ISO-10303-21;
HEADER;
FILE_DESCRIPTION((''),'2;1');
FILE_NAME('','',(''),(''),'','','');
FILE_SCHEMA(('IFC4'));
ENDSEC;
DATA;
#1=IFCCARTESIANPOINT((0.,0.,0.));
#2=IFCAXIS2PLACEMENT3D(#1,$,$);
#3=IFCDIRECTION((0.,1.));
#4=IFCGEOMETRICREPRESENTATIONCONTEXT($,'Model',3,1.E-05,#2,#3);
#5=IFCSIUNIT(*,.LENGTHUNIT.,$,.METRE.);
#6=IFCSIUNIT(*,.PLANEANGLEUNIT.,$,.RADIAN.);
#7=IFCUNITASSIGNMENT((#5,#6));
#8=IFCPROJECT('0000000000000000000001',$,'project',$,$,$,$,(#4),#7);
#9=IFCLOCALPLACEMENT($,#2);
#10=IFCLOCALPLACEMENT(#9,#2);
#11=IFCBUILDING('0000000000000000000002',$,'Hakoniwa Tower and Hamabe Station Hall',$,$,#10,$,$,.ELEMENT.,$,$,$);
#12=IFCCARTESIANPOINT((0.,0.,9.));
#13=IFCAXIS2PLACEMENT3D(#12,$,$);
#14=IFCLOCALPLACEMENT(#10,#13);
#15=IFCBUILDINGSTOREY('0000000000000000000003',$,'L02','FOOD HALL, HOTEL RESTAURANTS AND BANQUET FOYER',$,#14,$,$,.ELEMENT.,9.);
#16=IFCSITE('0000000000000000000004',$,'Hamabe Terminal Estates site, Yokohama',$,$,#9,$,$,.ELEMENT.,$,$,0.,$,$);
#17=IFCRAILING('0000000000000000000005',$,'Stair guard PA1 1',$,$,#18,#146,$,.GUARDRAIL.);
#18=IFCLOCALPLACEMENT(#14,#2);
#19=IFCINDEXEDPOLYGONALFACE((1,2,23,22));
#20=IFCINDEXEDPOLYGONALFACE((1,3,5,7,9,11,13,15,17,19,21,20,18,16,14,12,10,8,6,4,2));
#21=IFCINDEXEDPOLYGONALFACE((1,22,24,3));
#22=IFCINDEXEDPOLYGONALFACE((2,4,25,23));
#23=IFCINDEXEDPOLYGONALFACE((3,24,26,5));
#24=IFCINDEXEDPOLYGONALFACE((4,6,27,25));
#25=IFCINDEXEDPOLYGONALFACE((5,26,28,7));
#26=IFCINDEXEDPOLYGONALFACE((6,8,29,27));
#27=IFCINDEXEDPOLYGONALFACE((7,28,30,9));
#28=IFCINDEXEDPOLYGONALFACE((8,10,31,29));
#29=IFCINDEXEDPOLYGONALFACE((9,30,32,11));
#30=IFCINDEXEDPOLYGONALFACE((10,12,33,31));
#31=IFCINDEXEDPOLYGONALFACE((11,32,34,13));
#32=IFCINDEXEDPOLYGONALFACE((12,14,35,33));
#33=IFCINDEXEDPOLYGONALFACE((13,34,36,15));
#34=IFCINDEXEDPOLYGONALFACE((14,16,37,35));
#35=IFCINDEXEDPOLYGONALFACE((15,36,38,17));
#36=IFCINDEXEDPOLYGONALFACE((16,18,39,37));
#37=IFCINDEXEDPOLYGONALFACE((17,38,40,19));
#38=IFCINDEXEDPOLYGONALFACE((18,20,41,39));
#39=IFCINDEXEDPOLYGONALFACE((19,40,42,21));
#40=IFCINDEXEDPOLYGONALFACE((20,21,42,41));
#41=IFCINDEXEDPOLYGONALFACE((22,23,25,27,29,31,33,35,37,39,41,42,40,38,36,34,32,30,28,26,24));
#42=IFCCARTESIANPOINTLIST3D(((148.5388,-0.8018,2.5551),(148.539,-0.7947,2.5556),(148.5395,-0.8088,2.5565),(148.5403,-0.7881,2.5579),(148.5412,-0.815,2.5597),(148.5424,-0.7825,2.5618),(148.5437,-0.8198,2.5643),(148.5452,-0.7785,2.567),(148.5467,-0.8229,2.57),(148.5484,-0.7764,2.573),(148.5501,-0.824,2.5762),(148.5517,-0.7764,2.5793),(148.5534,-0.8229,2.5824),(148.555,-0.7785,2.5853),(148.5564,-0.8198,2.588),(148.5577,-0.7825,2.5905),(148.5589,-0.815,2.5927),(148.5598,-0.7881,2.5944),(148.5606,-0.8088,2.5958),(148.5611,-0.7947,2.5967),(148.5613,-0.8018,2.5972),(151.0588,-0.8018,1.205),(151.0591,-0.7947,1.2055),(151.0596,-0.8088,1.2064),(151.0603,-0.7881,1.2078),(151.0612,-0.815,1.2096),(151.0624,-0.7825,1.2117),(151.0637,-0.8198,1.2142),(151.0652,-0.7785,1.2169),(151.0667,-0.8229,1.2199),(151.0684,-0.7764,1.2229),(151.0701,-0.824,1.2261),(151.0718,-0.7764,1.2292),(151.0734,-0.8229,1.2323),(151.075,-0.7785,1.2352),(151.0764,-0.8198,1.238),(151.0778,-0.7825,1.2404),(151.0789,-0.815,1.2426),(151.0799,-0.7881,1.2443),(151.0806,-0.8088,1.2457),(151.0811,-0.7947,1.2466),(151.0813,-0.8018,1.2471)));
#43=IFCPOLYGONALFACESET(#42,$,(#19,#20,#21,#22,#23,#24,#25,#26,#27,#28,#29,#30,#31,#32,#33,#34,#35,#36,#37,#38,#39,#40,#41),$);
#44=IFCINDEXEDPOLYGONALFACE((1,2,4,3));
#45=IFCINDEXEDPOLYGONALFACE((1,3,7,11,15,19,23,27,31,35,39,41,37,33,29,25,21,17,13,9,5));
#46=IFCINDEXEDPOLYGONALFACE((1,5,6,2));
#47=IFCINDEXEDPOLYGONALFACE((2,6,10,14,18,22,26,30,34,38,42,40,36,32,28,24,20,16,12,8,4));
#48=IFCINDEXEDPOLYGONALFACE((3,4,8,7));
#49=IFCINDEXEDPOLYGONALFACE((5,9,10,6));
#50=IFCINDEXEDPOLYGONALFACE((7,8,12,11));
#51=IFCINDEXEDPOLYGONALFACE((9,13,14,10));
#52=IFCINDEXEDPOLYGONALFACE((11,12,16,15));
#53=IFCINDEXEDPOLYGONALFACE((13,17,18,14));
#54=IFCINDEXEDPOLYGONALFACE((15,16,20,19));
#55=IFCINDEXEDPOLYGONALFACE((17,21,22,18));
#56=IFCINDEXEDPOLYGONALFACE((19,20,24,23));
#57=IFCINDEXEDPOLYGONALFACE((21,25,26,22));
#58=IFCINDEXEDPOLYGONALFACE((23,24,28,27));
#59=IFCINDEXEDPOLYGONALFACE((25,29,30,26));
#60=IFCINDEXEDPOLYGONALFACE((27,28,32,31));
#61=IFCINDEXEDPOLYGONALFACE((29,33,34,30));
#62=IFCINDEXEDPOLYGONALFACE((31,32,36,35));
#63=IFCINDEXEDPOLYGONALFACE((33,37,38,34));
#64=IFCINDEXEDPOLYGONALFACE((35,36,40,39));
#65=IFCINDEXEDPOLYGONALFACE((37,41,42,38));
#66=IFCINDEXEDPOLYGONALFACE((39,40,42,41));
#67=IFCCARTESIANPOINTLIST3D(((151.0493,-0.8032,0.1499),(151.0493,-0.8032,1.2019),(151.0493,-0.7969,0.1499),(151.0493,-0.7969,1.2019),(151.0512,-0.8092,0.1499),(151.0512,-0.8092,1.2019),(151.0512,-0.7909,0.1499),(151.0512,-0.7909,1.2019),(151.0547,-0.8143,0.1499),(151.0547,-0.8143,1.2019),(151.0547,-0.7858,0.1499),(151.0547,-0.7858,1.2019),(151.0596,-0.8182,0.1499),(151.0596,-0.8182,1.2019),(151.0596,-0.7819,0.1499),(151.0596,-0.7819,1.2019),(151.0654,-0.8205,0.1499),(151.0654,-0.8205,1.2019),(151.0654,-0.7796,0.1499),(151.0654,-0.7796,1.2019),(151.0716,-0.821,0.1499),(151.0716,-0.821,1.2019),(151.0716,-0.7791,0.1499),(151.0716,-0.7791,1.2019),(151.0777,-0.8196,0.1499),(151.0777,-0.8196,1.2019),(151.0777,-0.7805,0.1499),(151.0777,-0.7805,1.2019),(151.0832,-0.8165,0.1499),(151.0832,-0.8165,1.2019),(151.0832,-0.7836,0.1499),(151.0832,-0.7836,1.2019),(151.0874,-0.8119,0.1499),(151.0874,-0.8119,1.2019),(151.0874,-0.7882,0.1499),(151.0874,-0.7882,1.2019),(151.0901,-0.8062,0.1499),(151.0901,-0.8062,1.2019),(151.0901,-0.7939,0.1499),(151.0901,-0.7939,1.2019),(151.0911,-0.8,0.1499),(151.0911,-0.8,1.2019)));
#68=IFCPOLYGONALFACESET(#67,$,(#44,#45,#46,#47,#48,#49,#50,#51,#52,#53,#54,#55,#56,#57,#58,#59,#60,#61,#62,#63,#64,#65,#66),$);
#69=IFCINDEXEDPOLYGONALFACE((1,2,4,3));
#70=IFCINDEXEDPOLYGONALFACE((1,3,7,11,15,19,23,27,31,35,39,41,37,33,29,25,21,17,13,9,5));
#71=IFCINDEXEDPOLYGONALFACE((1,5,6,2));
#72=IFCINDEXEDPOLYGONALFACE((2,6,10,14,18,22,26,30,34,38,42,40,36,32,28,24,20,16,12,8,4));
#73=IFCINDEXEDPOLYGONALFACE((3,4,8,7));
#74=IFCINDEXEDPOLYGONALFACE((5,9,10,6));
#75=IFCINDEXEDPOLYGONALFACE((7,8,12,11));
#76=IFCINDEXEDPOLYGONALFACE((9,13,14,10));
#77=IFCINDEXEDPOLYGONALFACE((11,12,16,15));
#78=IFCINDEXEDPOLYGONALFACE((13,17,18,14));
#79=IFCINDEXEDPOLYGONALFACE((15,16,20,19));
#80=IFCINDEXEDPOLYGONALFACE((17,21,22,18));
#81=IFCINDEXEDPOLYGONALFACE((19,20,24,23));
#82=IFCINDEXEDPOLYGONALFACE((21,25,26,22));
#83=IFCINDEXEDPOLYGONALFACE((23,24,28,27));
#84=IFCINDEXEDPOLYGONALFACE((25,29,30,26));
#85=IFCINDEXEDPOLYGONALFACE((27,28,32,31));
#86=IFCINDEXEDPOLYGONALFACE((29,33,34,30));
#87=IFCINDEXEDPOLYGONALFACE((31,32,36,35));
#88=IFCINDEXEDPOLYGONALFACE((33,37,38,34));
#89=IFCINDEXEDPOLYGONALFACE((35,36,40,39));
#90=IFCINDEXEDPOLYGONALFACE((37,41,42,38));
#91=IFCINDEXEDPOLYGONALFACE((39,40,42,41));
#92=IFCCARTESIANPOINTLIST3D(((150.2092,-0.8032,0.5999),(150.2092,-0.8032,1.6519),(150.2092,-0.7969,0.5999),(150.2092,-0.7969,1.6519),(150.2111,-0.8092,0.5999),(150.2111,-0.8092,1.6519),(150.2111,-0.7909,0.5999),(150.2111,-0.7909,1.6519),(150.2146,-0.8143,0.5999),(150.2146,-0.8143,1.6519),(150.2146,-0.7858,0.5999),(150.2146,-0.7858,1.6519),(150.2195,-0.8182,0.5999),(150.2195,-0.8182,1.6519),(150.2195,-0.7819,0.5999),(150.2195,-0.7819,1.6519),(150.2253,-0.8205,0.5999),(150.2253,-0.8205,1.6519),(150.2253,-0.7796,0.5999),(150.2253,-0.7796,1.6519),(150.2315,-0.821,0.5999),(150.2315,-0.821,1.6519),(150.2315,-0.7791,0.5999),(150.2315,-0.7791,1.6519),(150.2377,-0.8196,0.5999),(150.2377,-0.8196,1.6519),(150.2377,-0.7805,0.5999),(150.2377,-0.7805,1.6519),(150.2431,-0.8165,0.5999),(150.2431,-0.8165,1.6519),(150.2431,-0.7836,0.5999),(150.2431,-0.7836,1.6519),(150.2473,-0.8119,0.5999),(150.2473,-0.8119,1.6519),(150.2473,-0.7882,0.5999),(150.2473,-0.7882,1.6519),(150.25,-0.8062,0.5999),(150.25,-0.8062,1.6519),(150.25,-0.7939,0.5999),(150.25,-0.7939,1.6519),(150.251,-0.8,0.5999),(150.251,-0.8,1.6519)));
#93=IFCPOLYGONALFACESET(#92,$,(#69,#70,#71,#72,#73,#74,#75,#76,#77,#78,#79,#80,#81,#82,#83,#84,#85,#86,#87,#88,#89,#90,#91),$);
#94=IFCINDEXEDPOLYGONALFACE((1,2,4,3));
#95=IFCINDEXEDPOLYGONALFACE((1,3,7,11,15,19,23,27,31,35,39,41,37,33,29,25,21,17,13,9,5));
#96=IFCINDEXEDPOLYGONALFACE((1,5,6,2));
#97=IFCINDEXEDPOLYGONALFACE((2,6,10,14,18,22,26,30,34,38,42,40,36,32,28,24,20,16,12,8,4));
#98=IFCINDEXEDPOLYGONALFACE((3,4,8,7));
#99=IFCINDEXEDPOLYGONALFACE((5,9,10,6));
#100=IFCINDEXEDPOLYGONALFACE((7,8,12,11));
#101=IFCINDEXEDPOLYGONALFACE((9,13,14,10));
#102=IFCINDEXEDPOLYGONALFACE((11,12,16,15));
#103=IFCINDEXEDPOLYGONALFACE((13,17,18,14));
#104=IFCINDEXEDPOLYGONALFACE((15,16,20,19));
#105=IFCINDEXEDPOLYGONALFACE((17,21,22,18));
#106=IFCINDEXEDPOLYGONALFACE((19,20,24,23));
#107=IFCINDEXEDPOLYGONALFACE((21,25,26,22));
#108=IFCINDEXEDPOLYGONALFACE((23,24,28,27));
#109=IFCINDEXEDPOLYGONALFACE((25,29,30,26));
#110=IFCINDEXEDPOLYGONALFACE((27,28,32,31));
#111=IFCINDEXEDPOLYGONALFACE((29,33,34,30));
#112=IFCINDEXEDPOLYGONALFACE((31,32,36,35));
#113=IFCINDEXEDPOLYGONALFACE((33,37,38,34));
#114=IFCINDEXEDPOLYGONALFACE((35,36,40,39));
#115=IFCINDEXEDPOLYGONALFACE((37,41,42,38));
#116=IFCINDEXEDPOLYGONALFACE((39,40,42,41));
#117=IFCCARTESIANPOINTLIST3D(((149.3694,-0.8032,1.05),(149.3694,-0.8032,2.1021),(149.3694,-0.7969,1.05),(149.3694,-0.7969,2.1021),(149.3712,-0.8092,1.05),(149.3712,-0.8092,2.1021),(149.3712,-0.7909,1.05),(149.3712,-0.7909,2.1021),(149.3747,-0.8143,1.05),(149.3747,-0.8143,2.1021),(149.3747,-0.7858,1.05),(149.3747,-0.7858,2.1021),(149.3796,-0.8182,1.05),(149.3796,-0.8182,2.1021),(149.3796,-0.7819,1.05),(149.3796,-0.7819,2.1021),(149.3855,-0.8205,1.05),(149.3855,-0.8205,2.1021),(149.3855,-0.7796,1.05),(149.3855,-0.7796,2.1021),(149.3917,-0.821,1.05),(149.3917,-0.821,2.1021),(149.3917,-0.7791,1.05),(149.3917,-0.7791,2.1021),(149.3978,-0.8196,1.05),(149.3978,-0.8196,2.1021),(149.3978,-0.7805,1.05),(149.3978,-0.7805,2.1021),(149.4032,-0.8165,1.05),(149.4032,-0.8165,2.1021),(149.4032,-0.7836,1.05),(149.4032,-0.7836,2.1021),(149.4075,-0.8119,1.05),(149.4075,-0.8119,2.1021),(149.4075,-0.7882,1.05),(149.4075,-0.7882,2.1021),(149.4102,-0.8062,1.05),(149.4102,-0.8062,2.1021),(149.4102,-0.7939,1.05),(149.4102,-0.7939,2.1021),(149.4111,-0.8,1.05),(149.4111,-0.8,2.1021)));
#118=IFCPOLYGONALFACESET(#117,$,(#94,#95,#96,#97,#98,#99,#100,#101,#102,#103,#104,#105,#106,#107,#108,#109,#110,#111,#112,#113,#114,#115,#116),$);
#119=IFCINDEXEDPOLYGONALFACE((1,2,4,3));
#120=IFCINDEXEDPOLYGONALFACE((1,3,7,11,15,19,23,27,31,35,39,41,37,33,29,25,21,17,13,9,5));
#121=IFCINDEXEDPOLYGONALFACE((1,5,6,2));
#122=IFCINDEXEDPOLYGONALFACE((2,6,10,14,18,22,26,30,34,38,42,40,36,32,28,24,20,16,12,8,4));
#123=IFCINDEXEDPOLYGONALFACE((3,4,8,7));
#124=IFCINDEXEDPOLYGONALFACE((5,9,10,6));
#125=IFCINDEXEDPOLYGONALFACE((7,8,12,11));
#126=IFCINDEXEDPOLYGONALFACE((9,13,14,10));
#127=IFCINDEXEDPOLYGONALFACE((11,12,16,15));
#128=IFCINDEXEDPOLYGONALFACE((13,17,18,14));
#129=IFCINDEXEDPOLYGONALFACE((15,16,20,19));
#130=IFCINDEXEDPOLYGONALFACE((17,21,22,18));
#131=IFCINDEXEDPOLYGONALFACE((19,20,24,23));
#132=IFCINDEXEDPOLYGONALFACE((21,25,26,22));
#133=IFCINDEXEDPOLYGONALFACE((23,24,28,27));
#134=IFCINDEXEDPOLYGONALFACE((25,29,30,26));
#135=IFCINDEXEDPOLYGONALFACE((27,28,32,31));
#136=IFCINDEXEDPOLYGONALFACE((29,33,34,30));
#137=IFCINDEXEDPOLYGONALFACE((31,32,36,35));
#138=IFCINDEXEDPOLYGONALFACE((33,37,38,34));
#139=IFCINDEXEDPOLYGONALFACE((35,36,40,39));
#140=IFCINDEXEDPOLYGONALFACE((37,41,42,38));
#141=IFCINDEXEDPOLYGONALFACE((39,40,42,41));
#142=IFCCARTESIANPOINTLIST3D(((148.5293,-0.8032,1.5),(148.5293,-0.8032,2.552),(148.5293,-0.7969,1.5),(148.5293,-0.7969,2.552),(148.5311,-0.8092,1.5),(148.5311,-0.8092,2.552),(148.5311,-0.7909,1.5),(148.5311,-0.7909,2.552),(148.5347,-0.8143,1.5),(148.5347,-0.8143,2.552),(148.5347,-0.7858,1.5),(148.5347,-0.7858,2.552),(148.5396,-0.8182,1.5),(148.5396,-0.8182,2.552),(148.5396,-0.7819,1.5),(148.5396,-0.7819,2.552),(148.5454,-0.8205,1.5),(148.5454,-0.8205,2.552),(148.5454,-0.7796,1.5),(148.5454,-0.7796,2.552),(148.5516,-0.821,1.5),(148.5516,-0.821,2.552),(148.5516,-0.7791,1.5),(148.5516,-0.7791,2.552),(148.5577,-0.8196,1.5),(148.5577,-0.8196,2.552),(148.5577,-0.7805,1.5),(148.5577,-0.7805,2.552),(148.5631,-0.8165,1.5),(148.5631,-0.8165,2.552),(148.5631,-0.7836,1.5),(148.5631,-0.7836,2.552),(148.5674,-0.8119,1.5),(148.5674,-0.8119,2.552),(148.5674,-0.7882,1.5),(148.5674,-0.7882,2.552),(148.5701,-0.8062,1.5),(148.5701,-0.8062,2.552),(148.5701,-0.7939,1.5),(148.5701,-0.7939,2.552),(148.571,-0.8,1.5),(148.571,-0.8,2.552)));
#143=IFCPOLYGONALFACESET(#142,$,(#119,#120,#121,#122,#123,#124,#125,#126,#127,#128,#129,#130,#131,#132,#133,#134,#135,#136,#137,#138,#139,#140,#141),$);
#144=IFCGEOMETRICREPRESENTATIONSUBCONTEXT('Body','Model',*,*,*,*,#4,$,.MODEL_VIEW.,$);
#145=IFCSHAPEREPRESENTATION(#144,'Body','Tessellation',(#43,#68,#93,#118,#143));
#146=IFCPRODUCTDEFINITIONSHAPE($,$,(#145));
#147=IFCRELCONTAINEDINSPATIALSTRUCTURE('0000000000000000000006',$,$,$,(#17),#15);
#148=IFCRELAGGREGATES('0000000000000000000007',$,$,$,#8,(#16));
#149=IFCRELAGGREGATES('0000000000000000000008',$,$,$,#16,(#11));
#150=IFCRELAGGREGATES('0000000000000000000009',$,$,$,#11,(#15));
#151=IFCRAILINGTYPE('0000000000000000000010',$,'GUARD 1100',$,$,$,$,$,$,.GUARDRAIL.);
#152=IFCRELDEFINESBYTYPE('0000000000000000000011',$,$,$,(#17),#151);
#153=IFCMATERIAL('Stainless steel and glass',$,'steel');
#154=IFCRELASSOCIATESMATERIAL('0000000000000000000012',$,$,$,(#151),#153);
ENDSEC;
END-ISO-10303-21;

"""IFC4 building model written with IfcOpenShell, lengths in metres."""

from ifc_helpers import new_model, si_unit, direction, frame, origin, origin_2d, place, context, subcontext, project, spatial, circle, extrude, material, type_object, element, save


model = new_model("IFC4")

# Units and contexts
model_context = context("Model", 3, precision=1e-05, world=origin(), true_north=direction((0.0, 1.0)))
body_context = subcontext(model_context, "Body", "Model", "MODEL_VIEW")
ifc_project = project(units=[si_unit("LENGTHUNIT", "METRE"), si_unit("PLANEANGLEUNIT", "RADIAN")], contexts=[model_context])

# Site, building, storey
site_placement = place(None, origin())
site = spatial("IfcSite", under=ifc_project, at=site_placement, Name="Hamabe Terminal Estates site, Yokohama", CompositionType="ELEMENT", RefElevation=0.0)
building_placement = place(site_placement, origin())
building = spatial("IfcBuilding", under=site, at=building_placement, Name="Hakoniwa Tower and Hamabe Station Hall", CompositionType="ELEMENT")
storey_placement = place(building_placement, frame((0.0, 0.0, 9.0)))
storey = spatial("IfcBuildingStorey", under=building, at=storey_placement, Name="L02", Description="FOOD HALL, HOTEL RESTAURANTS AND BANQUET FOYER", CompositionType="ELEMENT", Elevation=9.0)

# Railing
ifc_material_1 = material(Name="Stainless steel and glass", Category="steel")
railing_type_1 = type_object("IfcRailingType", Name="GUARD 1100", PredefinedType="GUARDRAIL", material=ifc_material_1)
railing_1_placement = place(storey_placement, frame((151.0701, -0.8, 0.1499)))
element("IfcRailing", 1, at=railing_1_placement, inside=storey, type_object=railing_type_1, Name="Stair guard PA1 1", PredefinedType="GUARDRAIL", context=body_context, shape_type="SweptSolid", body=[
    extrude(circle(Radius=0.0239, at=origin_2d()), frame((0.0, 0.0, 1.0762), z_axis=(-0.881467, 0.0, 0.472245), x_axis=(0.0, -1.0, 0.0)), (0.0, 0.0, 1.0), 2.8589),
    extrude(circle(Radius=0.021, at=origin_2d()), origin(), (0.0, 0.0, 1.0), 1.052),
    extrude(circle(Radius=0.021, at=origin_2d()), frame((-0.8401, 0.0, 0.45)), (0.0, 0.0, 1.0), 1.052),
    extrude(circle(Radius=0.021, at=origin_2d()), frame((-1.6799, 0.0, 0.9001)), (0.0, 0.0, 1.0), 1.052),
    extrude(circle(Radius=0.021, at=origin_2d()), frame((-2.52, 0.0, 1.3501)), (0.0, 0.0, 1.0), 1.052),
])

save(model, "model.ifc")
